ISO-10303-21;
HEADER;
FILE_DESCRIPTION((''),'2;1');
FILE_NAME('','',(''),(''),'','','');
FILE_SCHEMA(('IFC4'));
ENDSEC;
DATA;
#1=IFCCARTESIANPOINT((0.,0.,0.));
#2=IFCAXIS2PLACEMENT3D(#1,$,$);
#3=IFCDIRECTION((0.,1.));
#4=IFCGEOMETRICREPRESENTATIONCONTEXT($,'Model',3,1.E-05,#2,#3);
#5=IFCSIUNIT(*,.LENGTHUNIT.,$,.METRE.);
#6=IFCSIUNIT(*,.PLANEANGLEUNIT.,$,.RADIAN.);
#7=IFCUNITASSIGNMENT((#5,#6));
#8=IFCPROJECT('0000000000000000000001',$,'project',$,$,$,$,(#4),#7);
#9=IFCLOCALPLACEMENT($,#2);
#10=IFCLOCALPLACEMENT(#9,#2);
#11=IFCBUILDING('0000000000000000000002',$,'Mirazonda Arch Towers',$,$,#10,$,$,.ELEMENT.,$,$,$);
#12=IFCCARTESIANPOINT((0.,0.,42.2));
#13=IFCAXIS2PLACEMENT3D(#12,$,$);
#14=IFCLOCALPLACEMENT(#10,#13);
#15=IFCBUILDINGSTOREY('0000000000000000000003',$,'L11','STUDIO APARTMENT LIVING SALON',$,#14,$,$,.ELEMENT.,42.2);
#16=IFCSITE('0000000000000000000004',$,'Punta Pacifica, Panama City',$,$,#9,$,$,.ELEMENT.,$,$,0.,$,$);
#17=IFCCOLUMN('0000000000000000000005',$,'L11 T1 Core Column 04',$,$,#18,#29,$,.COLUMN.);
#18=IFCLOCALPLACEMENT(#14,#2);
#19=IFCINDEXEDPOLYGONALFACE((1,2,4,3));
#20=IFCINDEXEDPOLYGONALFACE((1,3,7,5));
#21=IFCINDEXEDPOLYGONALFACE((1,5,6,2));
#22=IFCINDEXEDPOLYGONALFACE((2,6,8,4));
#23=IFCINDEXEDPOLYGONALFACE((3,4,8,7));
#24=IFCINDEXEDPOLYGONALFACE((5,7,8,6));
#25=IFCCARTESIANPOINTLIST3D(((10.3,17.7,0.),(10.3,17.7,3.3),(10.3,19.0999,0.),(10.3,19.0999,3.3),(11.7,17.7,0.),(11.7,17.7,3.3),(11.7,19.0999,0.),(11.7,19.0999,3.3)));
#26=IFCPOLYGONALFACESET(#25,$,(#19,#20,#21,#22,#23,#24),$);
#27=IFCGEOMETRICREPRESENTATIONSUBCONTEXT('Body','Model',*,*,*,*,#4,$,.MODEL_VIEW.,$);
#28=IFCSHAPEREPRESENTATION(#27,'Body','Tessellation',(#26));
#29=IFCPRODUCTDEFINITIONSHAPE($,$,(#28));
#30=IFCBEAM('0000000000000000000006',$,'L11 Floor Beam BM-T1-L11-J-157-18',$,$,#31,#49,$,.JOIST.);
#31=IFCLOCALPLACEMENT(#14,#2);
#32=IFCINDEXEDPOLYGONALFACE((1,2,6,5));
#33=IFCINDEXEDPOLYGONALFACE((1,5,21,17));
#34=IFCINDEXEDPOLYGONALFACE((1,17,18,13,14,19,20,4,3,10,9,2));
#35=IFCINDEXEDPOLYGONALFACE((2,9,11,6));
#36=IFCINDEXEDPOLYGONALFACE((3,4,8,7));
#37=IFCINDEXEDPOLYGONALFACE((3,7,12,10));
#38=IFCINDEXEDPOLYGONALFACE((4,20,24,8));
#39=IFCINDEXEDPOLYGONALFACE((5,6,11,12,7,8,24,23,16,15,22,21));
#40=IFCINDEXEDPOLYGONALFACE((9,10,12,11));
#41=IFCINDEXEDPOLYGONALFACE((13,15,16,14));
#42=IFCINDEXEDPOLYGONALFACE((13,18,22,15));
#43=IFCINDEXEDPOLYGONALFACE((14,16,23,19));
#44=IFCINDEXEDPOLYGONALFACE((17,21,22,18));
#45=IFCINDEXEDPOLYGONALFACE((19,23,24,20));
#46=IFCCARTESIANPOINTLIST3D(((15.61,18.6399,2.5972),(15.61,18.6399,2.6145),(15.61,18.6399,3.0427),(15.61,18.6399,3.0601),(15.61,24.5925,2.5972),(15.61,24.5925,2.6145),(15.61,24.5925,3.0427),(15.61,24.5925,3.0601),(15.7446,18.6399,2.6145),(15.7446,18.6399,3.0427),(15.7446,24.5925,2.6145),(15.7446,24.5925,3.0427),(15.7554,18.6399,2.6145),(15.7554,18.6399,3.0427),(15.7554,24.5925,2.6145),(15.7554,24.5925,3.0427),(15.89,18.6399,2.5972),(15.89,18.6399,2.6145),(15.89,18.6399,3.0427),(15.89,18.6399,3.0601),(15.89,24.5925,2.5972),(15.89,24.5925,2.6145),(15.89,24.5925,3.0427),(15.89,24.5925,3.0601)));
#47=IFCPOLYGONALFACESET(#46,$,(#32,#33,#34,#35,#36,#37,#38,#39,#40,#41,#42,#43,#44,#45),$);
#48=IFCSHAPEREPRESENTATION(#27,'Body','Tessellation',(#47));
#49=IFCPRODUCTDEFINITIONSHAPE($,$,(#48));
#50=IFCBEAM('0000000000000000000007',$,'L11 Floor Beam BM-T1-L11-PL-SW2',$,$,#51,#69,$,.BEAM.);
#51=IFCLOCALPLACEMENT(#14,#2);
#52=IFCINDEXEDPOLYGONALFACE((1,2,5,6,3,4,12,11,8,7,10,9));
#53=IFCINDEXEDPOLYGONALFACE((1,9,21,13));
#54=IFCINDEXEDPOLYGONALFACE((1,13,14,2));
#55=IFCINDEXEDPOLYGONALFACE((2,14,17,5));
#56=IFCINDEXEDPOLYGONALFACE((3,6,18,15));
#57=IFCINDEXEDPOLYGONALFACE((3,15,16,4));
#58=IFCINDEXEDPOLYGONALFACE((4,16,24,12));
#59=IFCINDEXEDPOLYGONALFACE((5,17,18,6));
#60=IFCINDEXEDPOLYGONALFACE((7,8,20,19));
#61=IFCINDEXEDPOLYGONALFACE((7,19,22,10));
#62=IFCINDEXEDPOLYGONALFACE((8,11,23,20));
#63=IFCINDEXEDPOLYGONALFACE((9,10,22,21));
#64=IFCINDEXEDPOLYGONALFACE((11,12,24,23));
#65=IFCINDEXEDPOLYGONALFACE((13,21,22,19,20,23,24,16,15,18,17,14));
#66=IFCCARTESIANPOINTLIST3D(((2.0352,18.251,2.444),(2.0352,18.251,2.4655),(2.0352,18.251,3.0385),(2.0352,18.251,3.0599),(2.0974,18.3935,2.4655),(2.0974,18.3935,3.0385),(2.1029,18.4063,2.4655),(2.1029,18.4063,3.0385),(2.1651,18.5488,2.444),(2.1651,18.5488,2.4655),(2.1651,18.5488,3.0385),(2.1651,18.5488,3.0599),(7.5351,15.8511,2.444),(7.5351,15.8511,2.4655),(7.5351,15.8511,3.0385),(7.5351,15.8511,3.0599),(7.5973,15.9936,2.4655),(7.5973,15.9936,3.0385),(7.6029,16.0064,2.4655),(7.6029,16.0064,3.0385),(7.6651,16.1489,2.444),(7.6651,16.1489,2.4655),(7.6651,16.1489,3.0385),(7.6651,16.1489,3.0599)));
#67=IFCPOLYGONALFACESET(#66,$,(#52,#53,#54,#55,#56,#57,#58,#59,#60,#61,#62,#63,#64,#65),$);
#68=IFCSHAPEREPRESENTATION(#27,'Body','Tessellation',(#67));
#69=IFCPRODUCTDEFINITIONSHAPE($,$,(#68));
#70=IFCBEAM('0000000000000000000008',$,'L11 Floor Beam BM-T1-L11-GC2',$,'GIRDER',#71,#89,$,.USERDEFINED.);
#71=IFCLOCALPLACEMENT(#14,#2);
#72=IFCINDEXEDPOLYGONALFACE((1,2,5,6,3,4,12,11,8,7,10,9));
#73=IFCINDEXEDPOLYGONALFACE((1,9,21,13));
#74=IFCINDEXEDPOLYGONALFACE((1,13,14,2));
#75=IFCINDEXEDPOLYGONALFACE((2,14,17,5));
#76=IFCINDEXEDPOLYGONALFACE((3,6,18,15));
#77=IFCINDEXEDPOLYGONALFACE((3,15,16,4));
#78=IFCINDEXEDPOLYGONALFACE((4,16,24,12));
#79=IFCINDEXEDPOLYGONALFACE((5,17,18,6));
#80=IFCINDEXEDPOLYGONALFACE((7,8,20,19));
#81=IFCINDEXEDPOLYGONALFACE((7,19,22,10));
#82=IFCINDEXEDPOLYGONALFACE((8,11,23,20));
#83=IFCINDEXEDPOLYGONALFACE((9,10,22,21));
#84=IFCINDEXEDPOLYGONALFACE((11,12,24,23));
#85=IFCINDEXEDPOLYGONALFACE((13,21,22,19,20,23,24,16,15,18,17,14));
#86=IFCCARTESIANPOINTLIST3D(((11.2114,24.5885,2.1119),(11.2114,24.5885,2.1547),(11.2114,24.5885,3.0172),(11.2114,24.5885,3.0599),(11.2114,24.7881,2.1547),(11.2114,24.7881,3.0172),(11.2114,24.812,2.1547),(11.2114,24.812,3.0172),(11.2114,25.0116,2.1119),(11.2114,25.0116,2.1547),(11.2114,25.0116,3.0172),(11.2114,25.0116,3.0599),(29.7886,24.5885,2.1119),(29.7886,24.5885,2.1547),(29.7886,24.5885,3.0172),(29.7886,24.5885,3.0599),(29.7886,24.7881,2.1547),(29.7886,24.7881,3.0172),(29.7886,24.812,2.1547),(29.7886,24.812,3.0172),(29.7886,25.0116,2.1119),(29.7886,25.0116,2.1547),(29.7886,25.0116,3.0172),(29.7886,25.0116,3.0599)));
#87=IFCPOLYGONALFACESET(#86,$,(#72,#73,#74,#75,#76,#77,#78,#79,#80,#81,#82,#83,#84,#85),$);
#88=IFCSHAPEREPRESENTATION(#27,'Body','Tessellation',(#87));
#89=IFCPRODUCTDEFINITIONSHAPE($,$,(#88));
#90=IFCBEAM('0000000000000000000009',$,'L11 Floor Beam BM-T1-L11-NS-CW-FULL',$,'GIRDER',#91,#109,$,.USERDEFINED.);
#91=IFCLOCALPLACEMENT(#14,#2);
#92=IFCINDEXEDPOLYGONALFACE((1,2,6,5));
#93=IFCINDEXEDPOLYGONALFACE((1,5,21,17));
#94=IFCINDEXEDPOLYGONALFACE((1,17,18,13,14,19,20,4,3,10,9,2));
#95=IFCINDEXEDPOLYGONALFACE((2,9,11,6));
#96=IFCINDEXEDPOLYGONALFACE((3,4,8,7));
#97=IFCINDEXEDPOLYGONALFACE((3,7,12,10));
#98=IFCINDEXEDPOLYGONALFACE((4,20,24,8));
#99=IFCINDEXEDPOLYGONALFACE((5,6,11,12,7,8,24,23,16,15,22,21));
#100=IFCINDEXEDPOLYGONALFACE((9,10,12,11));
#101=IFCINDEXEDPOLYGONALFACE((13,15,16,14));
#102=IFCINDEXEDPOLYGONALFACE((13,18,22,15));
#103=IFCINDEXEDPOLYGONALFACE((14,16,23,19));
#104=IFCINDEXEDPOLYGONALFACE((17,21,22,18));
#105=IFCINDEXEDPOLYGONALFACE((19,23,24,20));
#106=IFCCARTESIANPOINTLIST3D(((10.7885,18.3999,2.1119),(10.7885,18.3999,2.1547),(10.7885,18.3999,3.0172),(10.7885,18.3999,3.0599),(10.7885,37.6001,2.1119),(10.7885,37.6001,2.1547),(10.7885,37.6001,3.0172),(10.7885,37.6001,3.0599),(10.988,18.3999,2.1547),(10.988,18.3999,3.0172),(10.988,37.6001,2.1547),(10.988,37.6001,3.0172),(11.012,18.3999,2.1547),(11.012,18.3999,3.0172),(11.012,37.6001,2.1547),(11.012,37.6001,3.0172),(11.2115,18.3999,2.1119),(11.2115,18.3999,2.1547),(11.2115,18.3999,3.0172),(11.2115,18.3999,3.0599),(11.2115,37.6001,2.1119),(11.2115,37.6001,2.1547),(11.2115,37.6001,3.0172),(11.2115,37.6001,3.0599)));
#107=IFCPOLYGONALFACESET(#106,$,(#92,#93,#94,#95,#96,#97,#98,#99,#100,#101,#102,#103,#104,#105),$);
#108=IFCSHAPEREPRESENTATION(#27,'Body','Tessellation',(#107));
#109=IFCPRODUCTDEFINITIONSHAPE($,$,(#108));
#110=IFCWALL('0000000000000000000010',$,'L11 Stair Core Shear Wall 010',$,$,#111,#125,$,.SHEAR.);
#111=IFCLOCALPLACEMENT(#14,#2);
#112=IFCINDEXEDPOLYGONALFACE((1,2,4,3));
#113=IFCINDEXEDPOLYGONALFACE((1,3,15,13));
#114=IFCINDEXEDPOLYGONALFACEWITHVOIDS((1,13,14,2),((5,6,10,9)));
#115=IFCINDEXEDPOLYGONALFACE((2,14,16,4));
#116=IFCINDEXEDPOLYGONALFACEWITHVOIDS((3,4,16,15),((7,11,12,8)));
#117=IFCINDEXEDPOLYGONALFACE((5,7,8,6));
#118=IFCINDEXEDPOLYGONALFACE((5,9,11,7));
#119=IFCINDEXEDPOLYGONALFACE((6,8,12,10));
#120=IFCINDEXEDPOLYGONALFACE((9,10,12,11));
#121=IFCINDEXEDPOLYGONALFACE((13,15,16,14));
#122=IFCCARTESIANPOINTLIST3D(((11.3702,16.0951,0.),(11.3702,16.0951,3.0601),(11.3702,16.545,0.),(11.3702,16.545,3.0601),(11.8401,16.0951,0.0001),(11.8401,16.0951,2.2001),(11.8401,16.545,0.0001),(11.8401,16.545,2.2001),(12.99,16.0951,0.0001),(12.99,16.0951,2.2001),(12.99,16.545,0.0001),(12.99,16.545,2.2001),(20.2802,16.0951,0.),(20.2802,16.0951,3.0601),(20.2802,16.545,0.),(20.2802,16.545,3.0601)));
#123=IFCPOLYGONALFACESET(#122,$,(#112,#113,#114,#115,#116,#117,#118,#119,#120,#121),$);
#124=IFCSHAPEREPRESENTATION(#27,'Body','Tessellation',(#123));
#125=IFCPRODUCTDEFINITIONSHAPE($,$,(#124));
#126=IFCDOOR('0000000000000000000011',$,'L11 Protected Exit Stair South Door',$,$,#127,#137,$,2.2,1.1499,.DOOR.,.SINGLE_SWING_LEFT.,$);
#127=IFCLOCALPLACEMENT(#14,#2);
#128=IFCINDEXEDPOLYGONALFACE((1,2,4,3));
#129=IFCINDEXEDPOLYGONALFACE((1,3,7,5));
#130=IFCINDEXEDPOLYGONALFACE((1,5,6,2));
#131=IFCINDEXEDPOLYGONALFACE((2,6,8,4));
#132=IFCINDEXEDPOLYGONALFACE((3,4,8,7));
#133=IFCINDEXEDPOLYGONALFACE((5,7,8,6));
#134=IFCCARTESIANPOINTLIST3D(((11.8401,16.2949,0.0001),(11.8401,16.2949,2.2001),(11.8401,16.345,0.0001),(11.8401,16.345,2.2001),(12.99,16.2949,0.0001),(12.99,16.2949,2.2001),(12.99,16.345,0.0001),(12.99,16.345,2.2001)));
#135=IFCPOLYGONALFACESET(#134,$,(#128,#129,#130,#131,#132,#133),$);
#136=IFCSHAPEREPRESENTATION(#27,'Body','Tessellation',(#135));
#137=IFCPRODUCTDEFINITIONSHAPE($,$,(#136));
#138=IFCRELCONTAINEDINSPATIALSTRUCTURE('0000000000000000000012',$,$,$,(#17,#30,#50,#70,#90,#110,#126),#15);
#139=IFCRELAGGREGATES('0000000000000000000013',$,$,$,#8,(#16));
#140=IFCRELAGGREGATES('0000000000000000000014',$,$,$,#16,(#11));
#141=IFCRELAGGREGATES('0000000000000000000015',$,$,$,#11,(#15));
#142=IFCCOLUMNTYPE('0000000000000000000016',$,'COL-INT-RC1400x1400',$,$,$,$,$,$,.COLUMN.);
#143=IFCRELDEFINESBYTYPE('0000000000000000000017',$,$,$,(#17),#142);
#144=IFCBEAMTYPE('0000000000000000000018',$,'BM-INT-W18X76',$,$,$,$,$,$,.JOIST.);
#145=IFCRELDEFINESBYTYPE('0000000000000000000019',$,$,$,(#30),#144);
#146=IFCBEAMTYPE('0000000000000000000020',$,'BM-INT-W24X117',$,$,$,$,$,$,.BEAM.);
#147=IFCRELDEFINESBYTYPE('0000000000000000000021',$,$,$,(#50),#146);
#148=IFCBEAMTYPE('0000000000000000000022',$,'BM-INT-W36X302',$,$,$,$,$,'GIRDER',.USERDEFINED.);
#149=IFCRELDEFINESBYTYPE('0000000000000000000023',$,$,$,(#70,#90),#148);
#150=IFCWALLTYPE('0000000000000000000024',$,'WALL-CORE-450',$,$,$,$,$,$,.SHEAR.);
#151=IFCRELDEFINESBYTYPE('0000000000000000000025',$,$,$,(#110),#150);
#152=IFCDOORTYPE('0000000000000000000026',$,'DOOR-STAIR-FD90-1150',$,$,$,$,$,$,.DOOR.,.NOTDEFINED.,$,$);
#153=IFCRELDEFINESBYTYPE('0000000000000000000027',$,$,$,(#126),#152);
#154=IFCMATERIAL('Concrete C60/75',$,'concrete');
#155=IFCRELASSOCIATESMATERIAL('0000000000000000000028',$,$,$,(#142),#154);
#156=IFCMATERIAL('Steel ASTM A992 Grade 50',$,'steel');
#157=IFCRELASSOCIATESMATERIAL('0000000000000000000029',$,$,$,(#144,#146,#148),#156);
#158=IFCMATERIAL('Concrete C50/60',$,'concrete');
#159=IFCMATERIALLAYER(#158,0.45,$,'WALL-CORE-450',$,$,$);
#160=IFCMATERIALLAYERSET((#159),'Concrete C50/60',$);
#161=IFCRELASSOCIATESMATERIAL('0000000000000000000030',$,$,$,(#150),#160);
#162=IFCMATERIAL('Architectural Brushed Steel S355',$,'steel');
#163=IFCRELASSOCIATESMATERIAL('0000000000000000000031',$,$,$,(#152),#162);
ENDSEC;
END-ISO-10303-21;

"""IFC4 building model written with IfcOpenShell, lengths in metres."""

from ifc_helpers import new_model, si_unit, direction, frame, frame_2d, origin, origin_2d, place, context, subcontext, project, spatial, rectangle, i_section, extrude, material, layer, layer_set, material_profile, profile_set, type_object, element, fill, save


model = new_model("IFC4")

# Units and contexts
model_context = context("Model", 3, precision=1e-05, world=origin(), true_north=direction((0.0, 1.0)))
body_context = subcontext(model_context, "Body", "Model", "MODEL_VIEW")
ifc_project = project(units=[si_unit("LENGTHUNIT", "METRE"), si_unit("PLANEANGLEUNIT", "RADIAN")], contexts=[model_context])

# Site, building, storey
site_placement = place(None, origin())
site = spatial("IfcSite", under=ifc_project, at=site_placement, Name="Punta Pacifica, Panama City", CompositionType="ELEMENT", RefElevation=0.0)
building_placement = place(site_placement, origin())
building = spatial("IfcBuilding", under=site, at=building_placement, Name="Mirazonda Arch Towers", CompositionType="ELEMENT")
storey_placement = place(building_placement, frame((0.0, 0.0, 42.2)))
storey = spatial("IfcBuildingStorey", under=building, at=storey_placement, Name="L11", Description="STUDIO APARTMENT LIVING SALON", CompositionType="ELEMENT", Elevation=42.2)

# Column
ifc_material_1 = material(Name="Concrete C60/75", Category="concrete")
ifc_material_profile_1 = material_profile(ifc_material_1, rectangle(XDim=1.3999, YDim=1.3999, at=origin_2d()), Name="RC1400x1400")
ifc_profile_set_1 = profile_set([ifc_material_profile_1], Name="Concrete C60/75")
column_type = type_object("IfcColumnType", Name="COL-INT-RC1400x1400", PredefinedType="COLUMN", material=ifc_profile_set_1)
column_placement = place(storey_placement, frame((11.0, 18.3999, 0.0), z_axis=(0.0, 0.0, 1.0), x_axis=(1.0, 0.0, 0.0)))
element("IfcColumn", 1, at=column_placement, inside=storey, type_object=column_type, Name="L11 T1 Core Column 04", PredefinedType="COLUMN", context=body_context, shape_type="SweptSolid", body=[
    extrude(rectangle(XDim=1.3999, YDim=1.3999, at=origin_2d()), origin(), (0.0, 0.0, 1.0), 3.3),
])

# Beams
ifc_material_2 = material(Name="Steel ASTM A992 Grade 50", Category="steel")
ifc_material_profile_2 = material_profile(ifc_material_2, i_section(OverallWidth=0.28, OverallDepth=0.4629, WebThickness=0.0107, FlangeThickness=0.0173, at=origin_2d()), Name="W18X76")
ifc_profile_set_2 = profile_set([ifc_material_profile_2], Name="Steel ASTM A992 Grade 50")
beam_type_1 = type_object("IfcBeamType", Name="BM-INT-W18X76", PredefinedType="JOIST", material=ifc_profile_set_2)
beam_1_placement = place(storey_placement, frame((15.75, 18.6399, 2.8286), z_axis=(0.0, 1.0, 0.0), x_axis=(-1.0, 0.0, 0.0)))
element("IfcBeam", 2, at=beam_1_placement, inside=storey, type_object=beam_type_1, Name="L11 Floor Beam BM-T1-L11-J-157-18", PredefinedType="JOIST", context=body_context, shape_type="SweptSolid", body=[
    extrude(i_section(OverallWidth=0.28, OverallDepth=0.4629, WebThickness=0.0107, FlangeThickness=0.0173, at=origin_2d()), origin(), (0.0, 0.0, 1.0), 5.9526),
])
ifc_material_profile_3 = material_profile(ifc_material_2, i_section(OverallWidth=0.325, OverallDepth=0.616, WebThickness=0.0139, FlangeThickness=0.0215, at=origin_2d()), Name="W24X117")
ifc_profile_set_3 = profile_set([ifc_material_profile_3], Name="Steel ASTM A992 Grade 50")
beam_type_2 = type_object("IfcBeamType", Name="BM-INT-W24X117", PredefinedType="BEAM", material=ifc_profile_set_3)
beam_2_placement = place(storey_placement, frame((7.6001, 16.0, 2.752), z_axis=(-0.916545, 0.399931, 0.0), x_axis=(-0.399931, -0.916545, 0.0)))
element("IfcBeam", 3, at=beam_2_placement, inside=storey, type_object=beam_type_2, Name="L11 Floor Beam BM-T1-L11-PL-SW2", PredefinedType="BEAM", context=body_context, shape_type="SweptSolid", body=[
    extrude(i_section(OverallWidth=0.325, OverallDepth=0.616, WebThickness=0.0139, FlangeThickness=0.0215, at=origin_2d()), origin(), (0.0, 0.0, 1.0), 6.0007),
])
ifc_material_profile_4 = material_profile(ifc_material_2, i_section(OverallWidth=0.4231, OverallDepth=0.948, WebThickness=0.0239, FlangeThickness=0.0427, at=origin_2d()), Name="W36X302")
ifc_profile_set_4 = profile_set([ifc_material_profile_4], Name="Steel ASTM A992 Grade 50")
beam_type_3 = type_object("IfcBeamType", Name="BM-INT-W36X302", ElementType="GIRDER", PredefinedType="USERDEFINED", material=ifc_profile_set_4)
beam_3_placement = place(storey_placement, frame((11.2114, 24.8, 2.5859), z_axis=(1.0, 0.0, 0.0), x_axis=(0.0, 1.0, 0.0)))
element("IfcBeam", 4, at=beam_3_placement, inside=storey, type_object=beam_type_3, Name="L11 Floor Beam BM-T1-L11-GC2", ObjectType="GIRDER", PredefinedType="USERDEFINED", context=body_context, shape_type="SweptSolid", body=[
    extrude(i_section(OverallWidth=0.4231, OverallDepth=0.948, WebThickness=0.0239, FlangeThickness=0.0427, at=origin_2d()), origin(), (0.0, 0.0, 1.0), 18.5771),
])
beam_4_placement = place(storey_placement, frame((11.0, 18.3999, 2.5859), z_axis=(0.0, 1.0, 0.0), x_axis=(-1.0, 0.0, 0.0)))
element("IfcBeam", 5, at=beam_4_placement, inside=storey, type_object=beam_type_3, Name="L11 Floor Beam BM-T1-L11-NS-CW-FULL", ObjectType="GIRDER", PredefinedType="USERDEFINED", context=body_context, shape_type="SweptSolid", body=[
    extrude(i_section(OverallWidth=0.4231, OverallDepth=0.948, WebThickness=0.0239, FlangeThickness=0.0427, at=origin_2d()), origin(), (0.0, 0.0, 1.0), 19.2002),
])

# Wall, opening, door
ifc_material_3 = material(Name="Concrete C50/60", Category="concrete")
ifc_layer_1 = layer(ifc_material_3, 0.45, Name="WALL-CORE-450")
ifc_layer_set_1 = layer_set([ifc_layer_1], Name="Concrete C50/60")
wall_type_1 = type_object("IfcWallType", Name="WALL-CORE-450", PredefinedType="SHEAR", material=ifc_layer_set_1)
wall_1_placement = place(storey_placement, frame((11.3701, 16.3201, 0.0), z_axis=(0.0, 0.0, 1.0), x_axis=(1.0, 0.0, 0.0)))
wall_1 = element("IfcWall", 6, at=wall_1_placement, inside=storey, type_object=wall_type_1, Name="L11 Stair Core Shear Wall 010", PredefinedType="SHEAR", context=body_context, shape_type="SweptSolid", body=[
    extrude(rectangle(XDim=8.9099, YDim=0.45, at=frame_2d((4.4551, 0.0))), origin(), (0.0, 0.0, 1.0), 3.0601),
])
opening_1_placement = place(wall_1_placement, frame((0.47, 0.0, 0.0)))
opening_1 = element("IfcOpeningElement", 7, at=opening_1_placement, cuts=wall_1, PredefinedType="OPENING", context=body_context, shape_type="SweptSolid", body=[
    extrude(rectangle(XDim=1.1499, YDim=2.2, at=frame_2d((0.575, 1.1001))), frame((0.0, 0.2349, 0.0), z_axis=(0.0, -1.0, 0.0), x_axis=(1.0, 0.0, 0.0)), (0.0, 0.0, 1.0), 0.47),
])
ifc_material_4 = material(Name="Architectural Brushed Steel S355", Category="steel")
door_type_1 = type_object("IfcDoorType", Name="DOOR-STAIR-FD90-1150", OperationType="NOTDEFINED", PredefinedType="DOOR", material=ifc_material_4)
door_1_placement = place(opening_1_placement, origin())
door_1 = element("IfcDoor", 8, at=door_1_placement, inside=storey, type_object=door_type_1, Name="L11 Protected Exit Stair South Door", OperationType="SINGLE_SWING_LEFT", OverallHeight=2.2, OverallWidth=1.1499, PredefinedType="DOOR", context=body_context, shape_type="SweptSolid", body=[
    extrude(rectangle(XDim=1.1499, YDim=2.2, at=frame_2d((0.575, 1.1001))), frame((0.0, 0.0249, 0.0), z_axis=(0.0, -1.0, 0.0), x_axis=(1.0, 0.0, 0.0)), (0.0, 0.0, 1.0), 0.05),
])
fill(opening_1, door_1)

save(model, "model.ifc")
